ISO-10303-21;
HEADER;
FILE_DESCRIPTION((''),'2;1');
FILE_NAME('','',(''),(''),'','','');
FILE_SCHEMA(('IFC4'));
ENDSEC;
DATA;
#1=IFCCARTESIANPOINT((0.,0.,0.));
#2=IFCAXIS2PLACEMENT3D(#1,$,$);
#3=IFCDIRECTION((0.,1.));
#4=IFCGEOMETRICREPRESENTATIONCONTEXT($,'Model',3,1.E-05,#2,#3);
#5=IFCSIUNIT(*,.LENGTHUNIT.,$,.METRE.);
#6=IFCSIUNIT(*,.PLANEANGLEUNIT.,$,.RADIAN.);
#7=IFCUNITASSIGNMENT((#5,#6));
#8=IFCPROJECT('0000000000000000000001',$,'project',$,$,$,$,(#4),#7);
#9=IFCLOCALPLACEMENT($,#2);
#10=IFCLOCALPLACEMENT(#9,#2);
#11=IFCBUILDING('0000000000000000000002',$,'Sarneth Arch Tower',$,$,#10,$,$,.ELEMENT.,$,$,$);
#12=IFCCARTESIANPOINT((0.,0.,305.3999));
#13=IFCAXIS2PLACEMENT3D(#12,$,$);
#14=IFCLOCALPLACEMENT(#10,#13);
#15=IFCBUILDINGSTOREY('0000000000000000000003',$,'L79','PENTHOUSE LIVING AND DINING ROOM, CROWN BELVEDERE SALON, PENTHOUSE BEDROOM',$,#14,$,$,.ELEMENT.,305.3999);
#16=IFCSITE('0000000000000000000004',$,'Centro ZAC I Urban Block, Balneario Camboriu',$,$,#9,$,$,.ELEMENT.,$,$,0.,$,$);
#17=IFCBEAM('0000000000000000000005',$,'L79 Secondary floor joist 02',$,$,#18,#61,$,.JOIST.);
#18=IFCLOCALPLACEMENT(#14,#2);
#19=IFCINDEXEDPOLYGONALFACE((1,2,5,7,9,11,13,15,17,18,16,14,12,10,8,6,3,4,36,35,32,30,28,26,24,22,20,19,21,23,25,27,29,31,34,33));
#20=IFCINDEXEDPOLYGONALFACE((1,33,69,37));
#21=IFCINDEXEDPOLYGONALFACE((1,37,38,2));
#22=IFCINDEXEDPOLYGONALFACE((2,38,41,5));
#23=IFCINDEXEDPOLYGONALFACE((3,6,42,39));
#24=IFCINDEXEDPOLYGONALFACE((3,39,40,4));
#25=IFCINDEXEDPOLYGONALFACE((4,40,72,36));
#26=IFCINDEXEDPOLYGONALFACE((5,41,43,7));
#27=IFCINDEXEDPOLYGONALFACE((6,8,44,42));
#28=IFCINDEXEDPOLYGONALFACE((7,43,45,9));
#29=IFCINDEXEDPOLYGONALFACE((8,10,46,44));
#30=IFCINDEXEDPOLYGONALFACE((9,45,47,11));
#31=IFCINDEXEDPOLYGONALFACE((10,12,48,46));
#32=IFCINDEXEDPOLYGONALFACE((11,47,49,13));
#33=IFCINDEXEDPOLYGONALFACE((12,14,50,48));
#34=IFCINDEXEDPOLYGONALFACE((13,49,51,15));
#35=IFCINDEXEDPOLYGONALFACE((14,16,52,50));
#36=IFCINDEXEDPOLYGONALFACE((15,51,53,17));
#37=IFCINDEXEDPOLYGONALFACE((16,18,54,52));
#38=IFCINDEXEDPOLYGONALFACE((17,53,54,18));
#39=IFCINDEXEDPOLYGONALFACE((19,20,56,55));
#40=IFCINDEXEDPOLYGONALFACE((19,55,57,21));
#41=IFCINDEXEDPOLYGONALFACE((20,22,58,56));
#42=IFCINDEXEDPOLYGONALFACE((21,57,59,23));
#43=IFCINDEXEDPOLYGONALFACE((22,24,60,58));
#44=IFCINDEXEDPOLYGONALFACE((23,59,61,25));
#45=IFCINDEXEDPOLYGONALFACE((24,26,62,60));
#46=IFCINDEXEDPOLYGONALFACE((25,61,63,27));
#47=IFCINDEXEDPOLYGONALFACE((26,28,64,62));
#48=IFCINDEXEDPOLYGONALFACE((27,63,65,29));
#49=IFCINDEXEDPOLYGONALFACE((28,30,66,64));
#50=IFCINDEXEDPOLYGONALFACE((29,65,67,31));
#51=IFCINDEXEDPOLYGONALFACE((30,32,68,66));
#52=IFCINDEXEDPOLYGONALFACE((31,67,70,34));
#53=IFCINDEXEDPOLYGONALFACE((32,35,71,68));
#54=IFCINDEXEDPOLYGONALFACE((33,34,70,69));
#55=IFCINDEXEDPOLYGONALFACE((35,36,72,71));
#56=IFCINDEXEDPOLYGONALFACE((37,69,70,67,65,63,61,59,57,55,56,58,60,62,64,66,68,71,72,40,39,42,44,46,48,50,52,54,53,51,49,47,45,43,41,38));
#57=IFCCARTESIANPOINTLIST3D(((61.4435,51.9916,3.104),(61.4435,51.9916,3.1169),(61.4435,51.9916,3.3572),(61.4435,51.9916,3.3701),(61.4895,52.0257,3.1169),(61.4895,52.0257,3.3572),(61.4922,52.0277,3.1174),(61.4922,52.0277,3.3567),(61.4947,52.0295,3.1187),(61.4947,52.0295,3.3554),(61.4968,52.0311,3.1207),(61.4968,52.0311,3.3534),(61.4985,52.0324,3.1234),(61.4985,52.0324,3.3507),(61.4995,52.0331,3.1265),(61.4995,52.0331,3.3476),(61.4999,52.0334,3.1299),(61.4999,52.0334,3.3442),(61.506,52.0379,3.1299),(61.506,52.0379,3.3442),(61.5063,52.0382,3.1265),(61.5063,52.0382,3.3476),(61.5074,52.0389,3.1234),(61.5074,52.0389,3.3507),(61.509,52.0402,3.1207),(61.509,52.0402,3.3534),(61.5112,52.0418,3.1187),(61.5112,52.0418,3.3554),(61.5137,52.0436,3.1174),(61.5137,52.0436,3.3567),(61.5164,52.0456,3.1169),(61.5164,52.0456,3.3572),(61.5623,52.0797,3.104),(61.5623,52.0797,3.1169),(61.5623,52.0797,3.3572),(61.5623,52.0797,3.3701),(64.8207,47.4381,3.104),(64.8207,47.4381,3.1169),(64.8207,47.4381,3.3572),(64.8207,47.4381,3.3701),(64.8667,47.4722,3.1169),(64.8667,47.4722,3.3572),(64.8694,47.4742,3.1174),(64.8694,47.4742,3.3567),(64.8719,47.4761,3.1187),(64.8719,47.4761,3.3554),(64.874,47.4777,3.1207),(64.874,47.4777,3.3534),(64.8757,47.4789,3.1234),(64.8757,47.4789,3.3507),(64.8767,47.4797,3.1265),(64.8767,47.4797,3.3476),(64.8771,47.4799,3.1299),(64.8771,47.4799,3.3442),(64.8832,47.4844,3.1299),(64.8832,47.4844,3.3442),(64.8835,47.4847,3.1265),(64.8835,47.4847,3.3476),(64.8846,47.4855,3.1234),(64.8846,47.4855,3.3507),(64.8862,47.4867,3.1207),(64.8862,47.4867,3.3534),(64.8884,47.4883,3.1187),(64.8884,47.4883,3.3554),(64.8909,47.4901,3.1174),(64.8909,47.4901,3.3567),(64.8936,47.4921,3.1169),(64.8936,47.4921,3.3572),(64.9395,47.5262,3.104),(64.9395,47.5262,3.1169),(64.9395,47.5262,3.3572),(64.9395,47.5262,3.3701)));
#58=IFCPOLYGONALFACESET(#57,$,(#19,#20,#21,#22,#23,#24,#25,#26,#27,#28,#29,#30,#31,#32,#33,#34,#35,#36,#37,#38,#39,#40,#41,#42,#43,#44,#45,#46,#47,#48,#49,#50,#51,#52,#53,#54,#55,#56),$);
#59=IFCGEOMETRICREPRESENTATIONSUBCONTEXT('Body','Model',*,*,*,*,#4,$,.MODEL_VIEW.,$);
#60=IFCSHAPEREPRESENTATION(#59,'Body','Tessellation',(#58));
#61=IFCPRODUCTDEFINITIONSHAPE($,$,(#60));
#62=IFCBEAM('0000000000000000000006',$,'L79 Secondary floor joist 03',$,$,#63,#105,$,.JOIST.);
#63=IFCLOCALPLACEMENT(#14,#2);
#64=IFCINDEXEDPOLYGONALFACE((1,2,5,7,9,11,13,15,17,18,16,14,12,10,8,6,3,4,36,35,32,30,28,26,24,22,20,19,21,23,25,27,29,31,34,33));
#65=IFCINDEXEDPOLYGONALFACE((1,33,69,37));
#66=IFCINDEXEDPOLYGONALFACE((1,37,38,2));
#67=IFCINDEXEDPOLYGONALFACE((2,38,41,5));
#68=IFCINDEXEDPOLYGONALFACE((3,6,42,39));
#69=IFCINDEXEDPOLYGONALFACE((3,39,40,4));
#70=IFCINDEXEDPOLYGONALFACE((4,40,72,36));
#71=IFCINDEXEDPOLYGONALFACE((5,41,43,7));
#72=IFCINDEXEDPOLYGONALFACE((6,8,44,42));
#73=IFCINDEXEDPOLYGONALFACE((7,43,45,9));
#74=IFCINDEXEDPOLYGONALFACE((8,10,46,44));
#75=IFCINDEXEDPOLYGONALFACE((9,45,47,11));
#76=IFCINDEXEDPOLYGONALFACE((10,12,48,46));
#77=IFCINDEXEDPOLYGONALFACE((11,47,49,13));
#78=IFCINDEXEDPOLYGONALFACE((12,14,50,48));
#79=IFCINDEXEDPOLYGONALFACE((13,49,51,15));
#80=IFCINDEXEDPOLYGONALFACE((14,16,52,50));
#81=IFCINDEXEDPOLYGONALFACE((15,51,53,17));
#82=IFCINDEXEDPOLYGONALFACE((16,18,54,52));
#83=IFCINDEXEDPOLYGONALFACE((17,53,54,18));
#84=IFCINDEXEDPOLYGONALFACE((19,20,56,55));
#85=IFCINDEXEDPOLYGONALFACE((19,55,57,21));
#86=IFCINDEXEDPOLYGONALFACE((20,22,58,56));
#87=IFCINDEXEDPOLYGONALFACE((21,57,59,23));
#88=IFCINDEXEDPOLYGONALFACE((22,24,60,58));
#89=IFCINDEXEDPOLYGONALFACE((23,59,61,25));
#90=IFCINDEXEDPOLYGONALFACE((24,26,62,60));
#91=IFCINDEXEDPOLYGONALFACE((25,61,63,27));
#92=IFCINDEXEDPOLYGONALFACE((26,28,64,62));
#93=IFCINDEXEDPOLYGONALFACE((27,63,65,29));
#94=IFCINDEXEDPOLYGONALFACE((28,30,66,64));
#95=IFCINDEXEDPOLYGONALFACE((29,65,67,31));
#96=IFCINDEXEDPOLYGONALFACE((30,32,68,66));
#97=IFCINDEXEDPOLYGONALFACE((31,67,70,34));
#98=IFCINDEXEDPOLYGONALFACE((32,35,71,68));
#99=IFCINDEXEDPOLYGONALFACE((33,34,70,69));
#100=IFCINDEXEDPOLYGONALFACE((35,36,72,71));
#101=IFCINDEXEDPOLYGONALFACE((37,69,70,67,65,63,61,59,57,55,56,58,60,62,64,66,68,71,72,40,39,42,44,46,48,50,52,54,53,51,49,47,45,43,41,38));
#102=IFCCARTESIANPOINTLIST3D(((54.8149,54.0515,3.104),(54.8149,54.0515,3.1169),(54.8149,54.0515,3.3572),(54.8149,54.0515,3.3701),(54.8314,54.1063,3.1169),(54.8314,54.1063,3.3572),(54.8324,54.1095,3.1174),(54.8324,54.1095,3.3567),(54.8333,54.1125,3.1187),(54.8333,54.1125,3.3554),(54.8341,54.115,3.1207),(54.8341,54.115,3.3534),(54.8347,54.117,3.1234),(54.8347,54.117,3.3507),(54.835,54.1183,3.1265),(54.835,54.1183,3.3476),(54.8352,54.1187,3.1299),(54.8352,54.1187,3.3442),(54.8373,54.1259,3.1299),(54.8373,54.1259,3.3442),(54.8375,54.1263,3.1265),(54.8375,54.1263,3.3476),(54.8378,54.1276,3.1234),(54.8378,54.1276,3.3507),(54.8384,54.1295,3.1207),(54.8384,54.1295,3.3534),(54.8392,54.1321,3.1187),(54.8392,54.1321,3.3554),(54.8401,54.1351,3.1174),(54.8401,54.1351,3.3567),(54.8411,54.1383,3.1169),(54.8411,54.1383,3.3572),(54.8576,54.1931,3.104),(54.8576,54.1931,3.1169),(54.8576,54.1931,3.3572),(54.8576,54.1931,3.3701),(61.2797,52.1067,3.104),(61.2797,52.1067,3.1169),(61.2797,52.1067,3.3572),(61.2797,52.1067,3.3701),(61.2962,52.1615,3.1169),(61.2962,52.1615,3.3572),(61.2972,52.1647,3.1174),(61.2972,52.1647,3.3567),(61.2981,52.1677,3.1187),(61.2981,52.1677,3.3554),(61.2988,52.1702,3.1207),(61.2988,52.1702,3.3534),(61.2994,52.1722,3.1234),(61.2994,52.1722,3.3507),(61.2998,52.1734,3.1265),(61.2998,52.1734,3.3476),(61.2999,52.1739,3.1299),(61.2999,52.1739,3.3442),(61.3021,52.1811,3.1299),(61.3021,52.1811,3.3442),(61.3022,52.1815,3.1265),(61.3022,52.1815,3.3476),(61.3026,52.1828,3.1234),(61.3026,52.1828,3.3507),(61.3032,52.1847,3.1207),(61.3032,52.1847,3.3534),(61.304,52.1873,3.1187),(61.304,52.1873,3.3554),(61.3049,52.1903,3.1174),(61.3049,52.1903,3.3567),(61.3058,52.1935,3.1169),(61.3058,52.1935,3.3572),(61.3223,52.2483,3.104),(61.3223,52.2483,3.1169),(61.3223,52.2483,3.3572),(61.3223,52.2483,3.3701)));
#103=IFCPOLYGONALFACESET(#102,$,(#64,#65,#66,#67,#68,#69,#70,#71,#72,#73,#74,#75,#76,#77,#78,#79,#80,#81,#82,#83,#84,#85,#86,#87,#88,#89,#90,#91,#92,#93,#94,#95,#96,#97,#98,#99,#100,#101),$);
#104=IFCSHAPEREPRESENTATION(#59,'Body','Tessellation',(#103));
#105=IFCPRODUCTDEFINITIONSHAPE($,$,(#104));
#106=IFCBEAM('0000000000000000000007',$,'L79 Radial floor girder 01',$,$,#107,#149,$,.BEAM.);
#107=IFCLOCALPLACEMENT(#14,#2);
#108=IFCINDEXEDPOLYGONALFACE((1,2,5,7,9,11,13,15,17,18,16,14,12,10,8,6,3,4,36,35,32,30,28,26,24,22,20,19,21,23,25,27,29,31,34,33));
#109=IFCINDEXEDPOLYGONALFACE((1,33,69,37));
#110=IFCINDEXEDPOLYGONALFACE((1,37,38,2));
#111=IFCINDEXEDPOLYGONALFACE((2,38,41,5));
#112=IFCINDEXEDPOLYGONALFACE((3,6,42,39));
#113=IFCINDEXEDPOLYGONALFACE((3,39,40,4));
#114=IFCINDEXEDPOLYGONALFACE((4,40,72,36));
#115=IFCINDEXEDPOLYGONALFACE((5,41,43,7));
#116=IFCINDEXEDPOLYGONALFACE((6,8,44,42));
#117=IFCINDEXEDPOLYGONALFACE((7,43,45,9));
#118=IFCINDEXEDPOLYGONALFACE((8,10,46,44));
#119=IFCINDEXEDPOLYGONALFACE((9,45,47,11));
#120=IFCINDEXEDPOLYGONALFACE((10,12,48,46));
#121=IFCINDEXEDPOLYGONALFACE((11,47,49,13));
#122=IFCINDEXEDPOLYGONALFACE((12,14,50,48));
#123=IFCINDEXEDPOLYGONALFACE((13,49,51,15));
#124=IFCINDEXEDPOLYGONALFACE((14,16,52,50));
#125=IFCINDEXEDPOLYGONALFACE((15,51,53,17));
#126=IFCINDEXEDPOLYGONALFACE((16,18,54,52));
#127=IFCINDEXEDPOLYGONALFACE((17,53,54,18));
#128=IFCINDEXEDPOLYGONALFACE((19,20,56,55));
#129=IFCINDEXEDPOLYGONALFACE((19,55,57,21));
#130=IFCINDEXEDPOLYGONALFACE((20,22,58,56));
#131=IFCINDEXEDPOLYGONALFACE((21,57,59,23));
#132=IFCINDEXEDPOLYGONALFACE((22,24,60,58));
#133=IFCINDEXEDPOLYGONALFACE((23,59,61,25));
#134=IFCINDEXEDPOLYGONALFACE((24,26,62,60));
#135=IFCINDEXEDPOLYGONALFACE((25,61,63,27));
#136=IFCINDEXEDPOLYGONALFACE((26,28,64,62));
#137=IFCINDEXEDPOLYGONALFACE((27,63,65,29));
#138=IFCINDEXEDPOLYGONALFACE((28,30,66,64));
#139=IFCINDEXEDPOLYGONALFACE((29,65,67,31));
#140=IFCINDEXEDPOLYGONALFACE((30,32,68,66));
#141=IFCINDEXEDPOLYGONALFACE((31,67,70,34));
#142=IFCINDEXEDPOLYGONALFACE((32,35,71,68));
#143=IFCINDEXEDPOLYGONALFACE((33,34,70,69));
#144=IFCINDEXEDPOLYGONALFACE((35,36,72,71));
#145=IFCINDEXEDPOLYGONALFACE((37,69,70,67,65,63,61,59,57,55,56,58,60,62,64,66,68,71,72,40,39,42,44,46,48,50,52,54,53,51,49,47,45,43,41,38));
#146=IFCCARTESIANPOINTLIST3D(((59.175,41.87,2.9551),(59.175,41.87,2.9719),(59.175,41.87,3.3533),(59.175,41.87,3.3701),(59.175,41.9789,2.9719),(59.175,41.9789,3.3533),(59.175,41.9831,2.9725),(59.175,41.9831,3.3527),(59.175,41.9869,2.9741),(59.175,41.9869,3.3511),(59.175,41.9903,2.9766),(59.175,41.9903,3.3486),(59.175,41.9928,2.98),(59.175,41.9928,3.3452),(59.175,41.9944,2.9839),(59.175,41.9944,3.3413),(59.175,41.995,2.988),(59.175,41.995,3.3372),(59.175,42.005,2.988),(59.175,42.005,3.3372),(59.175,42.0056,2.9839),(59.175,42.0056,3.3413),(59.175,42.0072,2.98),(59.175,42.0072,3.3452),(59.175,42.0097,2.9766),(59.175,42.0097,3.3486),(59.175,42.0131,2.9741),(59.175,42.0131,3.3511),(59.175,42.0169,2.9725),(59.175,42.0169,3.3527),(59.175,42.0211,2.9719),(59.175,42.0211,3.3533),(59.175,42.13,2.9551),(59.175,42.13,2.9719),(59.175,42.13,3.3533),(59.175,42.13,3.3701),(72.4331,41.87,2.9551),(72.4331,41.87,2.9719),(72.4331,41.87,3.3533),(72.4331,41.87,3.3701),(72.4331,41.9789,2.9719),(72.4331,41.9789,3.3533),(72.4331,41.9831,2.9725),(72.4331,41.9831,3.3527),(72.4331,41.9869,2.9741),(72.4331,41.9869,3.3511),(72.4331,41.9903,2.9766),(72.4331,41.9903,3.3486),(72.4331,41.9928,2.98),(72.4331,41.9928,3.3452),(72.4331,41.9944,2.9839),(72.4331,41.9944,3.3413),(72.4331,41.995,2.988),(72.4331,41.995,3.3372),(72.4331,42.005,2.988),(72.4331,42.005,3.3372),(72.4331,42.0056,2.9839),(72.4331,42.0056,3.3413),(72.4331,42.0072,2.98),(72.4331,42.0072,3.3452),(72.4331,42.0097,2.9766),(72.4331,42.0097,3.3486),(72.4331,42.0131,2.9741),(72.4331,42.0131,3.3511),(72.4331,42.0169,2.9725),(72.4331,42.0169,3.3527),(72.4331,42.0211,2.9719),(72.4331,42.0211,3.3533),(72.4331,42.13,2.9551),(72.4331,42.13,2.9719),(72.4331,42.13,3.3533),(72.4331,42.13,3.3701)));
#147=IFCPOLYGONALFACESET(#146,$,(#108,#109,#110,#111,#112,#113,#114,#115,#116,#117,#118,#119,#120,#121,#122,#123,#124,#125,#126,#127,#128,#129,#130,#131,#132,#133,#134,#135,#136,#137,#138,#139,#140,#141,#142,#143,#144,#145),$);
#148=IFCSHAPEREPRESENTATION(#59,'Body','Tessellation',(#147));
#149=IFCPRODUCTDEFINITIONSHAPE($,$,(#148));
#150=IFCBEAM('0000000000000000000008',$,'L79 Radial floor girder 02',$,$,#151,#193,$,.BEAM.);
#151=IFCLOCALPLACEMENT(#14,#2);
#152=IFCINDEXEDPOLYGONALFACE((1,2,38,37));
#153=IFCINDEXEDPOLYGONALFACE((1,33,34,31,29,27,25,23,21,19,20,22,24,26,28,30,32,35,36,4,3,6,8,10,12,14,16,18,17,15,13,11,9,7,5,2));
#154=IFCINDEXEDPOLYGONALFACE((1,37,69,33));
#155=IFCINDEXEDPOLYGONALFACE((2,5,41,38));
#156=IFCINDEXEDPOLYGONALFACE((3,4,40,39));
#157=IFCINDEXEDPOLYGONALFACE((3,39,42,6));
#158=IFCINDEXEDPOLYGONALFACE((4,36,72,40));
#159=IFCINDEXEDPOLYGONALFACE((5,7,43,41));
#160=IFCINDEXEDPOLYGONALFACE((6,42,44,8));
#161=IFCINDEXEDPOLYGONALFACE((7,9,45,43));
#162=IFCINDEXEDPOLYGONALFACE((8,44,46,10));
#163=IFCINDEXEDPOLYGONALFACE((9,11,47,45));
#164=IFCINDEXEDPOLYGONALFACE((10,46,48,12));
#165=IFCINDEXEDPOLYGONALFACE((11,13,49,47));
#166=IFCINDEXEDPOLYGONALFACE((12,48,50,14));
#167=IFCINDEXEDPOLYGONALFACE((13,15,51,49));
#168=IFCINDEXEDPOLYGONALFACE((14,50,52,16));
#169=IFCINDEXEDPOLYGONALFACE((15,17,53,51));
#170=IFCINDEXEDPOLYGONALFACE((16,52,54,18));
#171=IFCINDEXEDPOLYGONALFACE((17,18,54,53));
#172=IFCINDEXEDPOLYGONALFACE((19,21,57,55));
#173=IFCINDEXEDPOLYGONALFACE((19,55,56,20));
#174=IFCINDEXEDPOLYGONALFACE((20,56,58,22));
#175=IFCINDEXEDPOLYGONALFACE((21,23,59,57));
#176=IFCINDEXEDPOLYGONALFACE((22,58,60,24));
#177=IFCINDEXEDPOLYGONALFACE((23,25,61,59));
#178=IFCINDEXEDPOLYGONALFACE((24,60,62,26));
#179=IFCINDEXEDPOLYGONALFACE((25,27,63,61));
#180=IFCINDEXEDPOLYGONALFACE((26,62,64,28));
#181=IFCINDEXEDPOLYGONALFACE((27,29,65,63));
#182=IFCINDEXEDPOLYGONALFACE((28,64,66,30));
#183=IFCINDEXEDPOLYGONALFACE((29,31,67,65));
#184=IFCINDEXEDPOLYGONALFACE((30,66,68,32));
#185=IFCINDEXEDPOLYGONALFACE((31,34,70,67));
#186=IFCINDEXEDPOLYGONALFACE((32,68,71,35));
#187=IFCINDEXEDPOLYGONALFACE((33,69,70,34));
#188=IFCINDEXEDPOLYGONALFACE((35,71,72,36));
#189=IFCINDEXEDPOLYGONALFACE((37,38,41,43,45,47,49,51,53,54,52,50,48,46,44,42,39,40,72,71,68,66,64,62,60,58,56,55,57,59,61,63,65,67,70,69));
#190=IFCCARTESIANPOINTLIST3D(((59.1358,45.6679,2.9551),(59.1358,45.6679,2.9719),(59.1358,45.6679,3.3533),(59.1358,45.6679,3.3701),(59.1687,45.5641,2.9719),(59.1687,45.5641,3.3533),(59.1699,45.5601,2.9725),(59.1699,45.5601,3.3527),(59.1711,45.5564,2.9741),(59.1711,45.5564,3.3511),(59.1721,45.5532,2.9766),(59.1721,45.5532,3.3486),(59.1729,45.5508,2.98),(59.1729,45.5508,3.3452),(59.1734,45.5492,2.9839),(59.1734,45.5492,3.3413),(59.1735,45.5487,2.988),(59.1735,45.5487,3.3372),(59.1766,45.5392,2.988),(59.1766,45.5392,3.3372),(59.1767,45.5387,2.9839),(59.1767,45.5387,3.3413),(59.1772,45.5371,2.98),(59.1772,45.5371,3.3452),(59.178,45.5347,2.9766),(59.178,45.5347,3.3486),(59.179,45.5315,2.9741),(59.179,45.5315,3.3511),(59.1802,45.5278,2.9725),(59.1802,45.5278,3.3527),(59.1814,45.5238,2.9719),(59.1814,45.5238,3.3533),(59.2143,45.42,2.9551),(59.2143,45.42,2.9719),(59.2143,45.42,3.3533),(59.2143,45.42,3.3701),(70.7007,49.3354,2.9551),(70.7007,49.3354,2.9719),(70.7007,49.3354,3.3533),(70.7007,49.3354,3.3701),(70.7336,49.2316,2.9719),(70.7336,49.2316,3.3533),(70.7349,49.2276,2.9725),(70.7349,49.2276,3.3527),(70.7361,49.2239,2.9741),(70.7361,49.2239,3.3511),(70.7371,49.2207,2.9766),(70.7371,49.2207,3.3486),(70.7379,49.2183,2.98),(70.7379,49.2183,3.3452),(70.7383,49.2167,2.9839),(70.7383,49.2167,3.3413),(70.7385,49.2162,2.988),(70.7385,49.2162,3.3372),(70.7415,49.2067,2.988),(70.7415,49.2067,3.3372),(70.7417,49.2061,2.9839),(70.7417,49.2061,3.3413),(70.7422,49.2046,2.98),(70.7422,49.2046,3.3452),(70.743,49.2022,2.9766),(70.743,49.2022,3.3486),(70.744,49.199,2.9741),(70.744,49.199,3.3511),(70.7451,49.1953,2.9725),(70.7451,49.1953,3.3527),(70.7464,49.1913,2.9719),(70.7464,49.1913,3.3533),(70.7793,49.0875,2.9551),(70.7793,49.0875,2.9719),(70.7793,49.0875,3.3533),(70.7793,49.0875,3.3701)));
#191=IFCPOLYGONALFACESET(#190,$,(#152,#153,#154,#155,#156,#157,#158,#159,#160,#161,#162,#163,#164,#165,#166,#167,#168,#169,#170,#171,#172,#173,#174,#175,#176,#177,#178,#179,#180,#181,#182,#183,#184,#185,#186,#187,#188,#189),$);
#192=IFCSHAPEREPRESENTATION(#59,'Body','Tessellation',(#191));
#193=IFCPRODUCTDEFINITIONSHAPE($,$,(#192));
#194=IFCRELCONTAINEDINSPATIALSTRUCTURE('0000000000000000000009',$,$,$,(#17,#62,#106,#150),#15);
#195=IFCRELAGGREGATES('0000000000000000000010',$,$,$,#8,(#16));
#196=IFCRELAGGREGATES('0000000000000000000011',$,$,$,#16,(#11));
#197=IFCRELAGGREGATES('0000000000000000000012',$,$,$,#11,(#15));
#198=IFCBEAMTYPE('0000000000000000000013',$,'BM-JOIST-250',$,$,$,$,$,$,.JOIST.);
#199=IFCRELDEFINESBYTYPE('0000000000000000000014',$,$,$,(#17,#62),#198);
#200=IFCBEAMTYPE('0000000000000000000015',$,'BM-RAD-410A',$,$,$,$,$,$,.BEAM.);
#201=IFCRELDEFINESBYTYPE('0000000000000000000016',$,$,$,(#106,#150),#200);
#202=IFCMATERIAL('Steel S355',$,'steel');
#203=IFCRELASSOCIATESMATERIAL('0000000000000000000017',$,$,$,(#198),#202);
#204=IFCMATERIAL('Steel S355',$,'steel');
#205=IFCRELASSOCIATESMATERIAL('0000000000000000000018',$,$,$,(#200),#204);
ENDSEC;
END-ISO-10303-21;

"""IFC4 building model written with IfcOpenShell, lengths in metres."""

from ifc_helpers import new_model, si_unit, direction, frame, origin, origin_2d, place, context, subcontext, project, spatial, i_section, extrude, material, material_profile, profile_set, type_object, element, save


model = new_model("IFC4")

# Units and contexts
model_context = context("Model", 3, precision=1e-05, world=origin(), true_north=direction((0.0, 1.0)))
body_context = subcontext(model_context, "Body", "Model", "MODEL_VIEW")
ifc_project = project(units=[si_unit("LENGTHUNIT", "METRE"), si_unit("PLANEANGLEUNIT", "RADIAN")], contexts=[model_context])

# Site, building, storey
site_placement = place(None, origin())
site = spatial("IfcSite", under=ifc_project, at=site_placement, Name="Centro ZAC I Urban Block, Balneario Camboriu", CompositionType="ELEMENT", RefElevation=0.0)
building_placement = place(site_placement, origin())
building = spatial("IfcBuilding", under=site, at=building_placement, Name="Sarneth Arch Tower", CompositionType="ELEMENT")
storey_placement = place(building_placement, frame((0.0, 0.0, 305.3999)))
storey = spatial("IfcBuildingStorey", under=building, at=storey_placement, Name="L79", Description="PENTHOUSE LIVING AND DINING ROOM, CROWN BELVEDERE SALON, PENTHOUSE BEDROOM", CompositionType="ELEMENT", Elevation=305.3999)

# Beams
ifc_material_1 = material(Name="Steel S355", Category="steel")
ifc_material_profile_1 = material_profile(ifc_material_1, i_section(OverallWidth=0.1479, OverallDepth=0.2661, WebThickness=0.0076, FlangeThickness=0.0129, FilletRadius=0.0129, at=origin_2d()), Name="W250x44.8")
ifc_profile_set_1 = profile_set([ifc_material_profile_1], Name="Steel S355")
beam_type_1 = type_object("IfcBeamType", Name="BM-JOIST-250", PredefinedType="JOIST", material=ifc_profile_set_1)
beam_1_placement = place(storey_placement, frame((64.8801, 47.4822, 3.2371), z_axis=(-0.595713, 0.803198, 0.0), x_axis=(-0.803198, -0.595713, 0.0)))
element("IfcBeam", 1, at=beam_1_placement, inside=storey, type_object=beam_type_1, Name="L79 Secondary floor joist 02", PredefinedType="JOIST", context=body_context, shape_type="SweptSolid", body=[
    extrude(i_section(OverallWidth=0.1479, OverallDepth=0.2661, WebThickness=0.0076, FlangeThickness=0.0129, FilletRadius=0.0129, at=origin_2d()), origin(), (0.0, 0.0, 1.0), 5.6692),
])
beam_2_placement = place(storey_placement, frame((61.301, 52.1775, 3.2371), z_axis=(-0.957607, 0.288078, 0.0), x_axis=(-0.288078, -0.957607, 0.0)))
element("IfcBeam", 2, at=beam_2_placement, inside=storey, type_object=beam_type_1, Name="L79 Secondary floor joist 03", PredefinedType="JOIST", context=body_context, shape_type="SweptSolid", body=[
    extrude(i_section(OverallWidth=0.1479, OverallDepth=0.2661, WebThickness=0.0076, FlangeThickness=0.0129, FilletRadius=0.0129, at=origin_2d()), origin(), (0.0, 0.0, 1.0), 6.751),
])
ifc_material_2 = material(Name="Steel S355", Category="steel")
ifc_material_profile_2 = material_profile(ifc_material_2, i_section(OverallWidth=0.26, OverallDepth=0.415, WebThickness=0.01, FlangeThickness=0.0168, FilletRadius=0.0161, at=origin_2d()), Name="W410x100")
ifc_profile_set_2 = profile_set([ifc_material_profile_2], Name="Steel S355")
beam_type_2 = type_object("IfcBeamType", Name="BM-RAD-410A", PredefinedType="BEAM", material=ifc_profile_set_2)
beam_3_placement = place(storey_placement, frame((59.175, 42.0, 3.1626), z_axis=(1.0, 0.0, 0.0), x_axis=(0.0, 1.0, 0.0)))
element("IfcBeam", 3, at=beam_3_placement, inside=storey, type_object=beam_type_2, Name="L79 Radial floor girder 01", PredefinedType="BEAM", context=body_context, shape_type="SweptSolid", body=[
    extrude(i_section(OverallWidth=0.26, OverallDepth=0.415, WebThickness=0.01, FlangeThickness=0.0168, FilletRadius=0.0161, at=origin_2d()), origin(), (0.0, 0.0, 1.0), 13.2581),
])
beam_4_placement = place(storey_placement, frame((59.175, 45.5439, 3.1626), z_axis=(0.953218, 0.302285, 0.0), x_axis=(-0.302285, 0.953218, 0.0)))
element("IfcBeam", 4, at=beam_4_placement, inside=storey, type_object=beam_type_2, Name="L79 Radial floor girder 02", PredefinedType="BEAM", context=body_context, shape_type="SweptSolid", body=[
    extrude(i_section(OverallWidth=0.26, OverallDepth=0.415, WebThickness=0.01, FlangeThickness=0.0168, FilletRadius=0.0161, at=origin_2d()), origin(), (0.0, 0.0, 1.0), 12.1326),
])

save(model, "model.ifc")
